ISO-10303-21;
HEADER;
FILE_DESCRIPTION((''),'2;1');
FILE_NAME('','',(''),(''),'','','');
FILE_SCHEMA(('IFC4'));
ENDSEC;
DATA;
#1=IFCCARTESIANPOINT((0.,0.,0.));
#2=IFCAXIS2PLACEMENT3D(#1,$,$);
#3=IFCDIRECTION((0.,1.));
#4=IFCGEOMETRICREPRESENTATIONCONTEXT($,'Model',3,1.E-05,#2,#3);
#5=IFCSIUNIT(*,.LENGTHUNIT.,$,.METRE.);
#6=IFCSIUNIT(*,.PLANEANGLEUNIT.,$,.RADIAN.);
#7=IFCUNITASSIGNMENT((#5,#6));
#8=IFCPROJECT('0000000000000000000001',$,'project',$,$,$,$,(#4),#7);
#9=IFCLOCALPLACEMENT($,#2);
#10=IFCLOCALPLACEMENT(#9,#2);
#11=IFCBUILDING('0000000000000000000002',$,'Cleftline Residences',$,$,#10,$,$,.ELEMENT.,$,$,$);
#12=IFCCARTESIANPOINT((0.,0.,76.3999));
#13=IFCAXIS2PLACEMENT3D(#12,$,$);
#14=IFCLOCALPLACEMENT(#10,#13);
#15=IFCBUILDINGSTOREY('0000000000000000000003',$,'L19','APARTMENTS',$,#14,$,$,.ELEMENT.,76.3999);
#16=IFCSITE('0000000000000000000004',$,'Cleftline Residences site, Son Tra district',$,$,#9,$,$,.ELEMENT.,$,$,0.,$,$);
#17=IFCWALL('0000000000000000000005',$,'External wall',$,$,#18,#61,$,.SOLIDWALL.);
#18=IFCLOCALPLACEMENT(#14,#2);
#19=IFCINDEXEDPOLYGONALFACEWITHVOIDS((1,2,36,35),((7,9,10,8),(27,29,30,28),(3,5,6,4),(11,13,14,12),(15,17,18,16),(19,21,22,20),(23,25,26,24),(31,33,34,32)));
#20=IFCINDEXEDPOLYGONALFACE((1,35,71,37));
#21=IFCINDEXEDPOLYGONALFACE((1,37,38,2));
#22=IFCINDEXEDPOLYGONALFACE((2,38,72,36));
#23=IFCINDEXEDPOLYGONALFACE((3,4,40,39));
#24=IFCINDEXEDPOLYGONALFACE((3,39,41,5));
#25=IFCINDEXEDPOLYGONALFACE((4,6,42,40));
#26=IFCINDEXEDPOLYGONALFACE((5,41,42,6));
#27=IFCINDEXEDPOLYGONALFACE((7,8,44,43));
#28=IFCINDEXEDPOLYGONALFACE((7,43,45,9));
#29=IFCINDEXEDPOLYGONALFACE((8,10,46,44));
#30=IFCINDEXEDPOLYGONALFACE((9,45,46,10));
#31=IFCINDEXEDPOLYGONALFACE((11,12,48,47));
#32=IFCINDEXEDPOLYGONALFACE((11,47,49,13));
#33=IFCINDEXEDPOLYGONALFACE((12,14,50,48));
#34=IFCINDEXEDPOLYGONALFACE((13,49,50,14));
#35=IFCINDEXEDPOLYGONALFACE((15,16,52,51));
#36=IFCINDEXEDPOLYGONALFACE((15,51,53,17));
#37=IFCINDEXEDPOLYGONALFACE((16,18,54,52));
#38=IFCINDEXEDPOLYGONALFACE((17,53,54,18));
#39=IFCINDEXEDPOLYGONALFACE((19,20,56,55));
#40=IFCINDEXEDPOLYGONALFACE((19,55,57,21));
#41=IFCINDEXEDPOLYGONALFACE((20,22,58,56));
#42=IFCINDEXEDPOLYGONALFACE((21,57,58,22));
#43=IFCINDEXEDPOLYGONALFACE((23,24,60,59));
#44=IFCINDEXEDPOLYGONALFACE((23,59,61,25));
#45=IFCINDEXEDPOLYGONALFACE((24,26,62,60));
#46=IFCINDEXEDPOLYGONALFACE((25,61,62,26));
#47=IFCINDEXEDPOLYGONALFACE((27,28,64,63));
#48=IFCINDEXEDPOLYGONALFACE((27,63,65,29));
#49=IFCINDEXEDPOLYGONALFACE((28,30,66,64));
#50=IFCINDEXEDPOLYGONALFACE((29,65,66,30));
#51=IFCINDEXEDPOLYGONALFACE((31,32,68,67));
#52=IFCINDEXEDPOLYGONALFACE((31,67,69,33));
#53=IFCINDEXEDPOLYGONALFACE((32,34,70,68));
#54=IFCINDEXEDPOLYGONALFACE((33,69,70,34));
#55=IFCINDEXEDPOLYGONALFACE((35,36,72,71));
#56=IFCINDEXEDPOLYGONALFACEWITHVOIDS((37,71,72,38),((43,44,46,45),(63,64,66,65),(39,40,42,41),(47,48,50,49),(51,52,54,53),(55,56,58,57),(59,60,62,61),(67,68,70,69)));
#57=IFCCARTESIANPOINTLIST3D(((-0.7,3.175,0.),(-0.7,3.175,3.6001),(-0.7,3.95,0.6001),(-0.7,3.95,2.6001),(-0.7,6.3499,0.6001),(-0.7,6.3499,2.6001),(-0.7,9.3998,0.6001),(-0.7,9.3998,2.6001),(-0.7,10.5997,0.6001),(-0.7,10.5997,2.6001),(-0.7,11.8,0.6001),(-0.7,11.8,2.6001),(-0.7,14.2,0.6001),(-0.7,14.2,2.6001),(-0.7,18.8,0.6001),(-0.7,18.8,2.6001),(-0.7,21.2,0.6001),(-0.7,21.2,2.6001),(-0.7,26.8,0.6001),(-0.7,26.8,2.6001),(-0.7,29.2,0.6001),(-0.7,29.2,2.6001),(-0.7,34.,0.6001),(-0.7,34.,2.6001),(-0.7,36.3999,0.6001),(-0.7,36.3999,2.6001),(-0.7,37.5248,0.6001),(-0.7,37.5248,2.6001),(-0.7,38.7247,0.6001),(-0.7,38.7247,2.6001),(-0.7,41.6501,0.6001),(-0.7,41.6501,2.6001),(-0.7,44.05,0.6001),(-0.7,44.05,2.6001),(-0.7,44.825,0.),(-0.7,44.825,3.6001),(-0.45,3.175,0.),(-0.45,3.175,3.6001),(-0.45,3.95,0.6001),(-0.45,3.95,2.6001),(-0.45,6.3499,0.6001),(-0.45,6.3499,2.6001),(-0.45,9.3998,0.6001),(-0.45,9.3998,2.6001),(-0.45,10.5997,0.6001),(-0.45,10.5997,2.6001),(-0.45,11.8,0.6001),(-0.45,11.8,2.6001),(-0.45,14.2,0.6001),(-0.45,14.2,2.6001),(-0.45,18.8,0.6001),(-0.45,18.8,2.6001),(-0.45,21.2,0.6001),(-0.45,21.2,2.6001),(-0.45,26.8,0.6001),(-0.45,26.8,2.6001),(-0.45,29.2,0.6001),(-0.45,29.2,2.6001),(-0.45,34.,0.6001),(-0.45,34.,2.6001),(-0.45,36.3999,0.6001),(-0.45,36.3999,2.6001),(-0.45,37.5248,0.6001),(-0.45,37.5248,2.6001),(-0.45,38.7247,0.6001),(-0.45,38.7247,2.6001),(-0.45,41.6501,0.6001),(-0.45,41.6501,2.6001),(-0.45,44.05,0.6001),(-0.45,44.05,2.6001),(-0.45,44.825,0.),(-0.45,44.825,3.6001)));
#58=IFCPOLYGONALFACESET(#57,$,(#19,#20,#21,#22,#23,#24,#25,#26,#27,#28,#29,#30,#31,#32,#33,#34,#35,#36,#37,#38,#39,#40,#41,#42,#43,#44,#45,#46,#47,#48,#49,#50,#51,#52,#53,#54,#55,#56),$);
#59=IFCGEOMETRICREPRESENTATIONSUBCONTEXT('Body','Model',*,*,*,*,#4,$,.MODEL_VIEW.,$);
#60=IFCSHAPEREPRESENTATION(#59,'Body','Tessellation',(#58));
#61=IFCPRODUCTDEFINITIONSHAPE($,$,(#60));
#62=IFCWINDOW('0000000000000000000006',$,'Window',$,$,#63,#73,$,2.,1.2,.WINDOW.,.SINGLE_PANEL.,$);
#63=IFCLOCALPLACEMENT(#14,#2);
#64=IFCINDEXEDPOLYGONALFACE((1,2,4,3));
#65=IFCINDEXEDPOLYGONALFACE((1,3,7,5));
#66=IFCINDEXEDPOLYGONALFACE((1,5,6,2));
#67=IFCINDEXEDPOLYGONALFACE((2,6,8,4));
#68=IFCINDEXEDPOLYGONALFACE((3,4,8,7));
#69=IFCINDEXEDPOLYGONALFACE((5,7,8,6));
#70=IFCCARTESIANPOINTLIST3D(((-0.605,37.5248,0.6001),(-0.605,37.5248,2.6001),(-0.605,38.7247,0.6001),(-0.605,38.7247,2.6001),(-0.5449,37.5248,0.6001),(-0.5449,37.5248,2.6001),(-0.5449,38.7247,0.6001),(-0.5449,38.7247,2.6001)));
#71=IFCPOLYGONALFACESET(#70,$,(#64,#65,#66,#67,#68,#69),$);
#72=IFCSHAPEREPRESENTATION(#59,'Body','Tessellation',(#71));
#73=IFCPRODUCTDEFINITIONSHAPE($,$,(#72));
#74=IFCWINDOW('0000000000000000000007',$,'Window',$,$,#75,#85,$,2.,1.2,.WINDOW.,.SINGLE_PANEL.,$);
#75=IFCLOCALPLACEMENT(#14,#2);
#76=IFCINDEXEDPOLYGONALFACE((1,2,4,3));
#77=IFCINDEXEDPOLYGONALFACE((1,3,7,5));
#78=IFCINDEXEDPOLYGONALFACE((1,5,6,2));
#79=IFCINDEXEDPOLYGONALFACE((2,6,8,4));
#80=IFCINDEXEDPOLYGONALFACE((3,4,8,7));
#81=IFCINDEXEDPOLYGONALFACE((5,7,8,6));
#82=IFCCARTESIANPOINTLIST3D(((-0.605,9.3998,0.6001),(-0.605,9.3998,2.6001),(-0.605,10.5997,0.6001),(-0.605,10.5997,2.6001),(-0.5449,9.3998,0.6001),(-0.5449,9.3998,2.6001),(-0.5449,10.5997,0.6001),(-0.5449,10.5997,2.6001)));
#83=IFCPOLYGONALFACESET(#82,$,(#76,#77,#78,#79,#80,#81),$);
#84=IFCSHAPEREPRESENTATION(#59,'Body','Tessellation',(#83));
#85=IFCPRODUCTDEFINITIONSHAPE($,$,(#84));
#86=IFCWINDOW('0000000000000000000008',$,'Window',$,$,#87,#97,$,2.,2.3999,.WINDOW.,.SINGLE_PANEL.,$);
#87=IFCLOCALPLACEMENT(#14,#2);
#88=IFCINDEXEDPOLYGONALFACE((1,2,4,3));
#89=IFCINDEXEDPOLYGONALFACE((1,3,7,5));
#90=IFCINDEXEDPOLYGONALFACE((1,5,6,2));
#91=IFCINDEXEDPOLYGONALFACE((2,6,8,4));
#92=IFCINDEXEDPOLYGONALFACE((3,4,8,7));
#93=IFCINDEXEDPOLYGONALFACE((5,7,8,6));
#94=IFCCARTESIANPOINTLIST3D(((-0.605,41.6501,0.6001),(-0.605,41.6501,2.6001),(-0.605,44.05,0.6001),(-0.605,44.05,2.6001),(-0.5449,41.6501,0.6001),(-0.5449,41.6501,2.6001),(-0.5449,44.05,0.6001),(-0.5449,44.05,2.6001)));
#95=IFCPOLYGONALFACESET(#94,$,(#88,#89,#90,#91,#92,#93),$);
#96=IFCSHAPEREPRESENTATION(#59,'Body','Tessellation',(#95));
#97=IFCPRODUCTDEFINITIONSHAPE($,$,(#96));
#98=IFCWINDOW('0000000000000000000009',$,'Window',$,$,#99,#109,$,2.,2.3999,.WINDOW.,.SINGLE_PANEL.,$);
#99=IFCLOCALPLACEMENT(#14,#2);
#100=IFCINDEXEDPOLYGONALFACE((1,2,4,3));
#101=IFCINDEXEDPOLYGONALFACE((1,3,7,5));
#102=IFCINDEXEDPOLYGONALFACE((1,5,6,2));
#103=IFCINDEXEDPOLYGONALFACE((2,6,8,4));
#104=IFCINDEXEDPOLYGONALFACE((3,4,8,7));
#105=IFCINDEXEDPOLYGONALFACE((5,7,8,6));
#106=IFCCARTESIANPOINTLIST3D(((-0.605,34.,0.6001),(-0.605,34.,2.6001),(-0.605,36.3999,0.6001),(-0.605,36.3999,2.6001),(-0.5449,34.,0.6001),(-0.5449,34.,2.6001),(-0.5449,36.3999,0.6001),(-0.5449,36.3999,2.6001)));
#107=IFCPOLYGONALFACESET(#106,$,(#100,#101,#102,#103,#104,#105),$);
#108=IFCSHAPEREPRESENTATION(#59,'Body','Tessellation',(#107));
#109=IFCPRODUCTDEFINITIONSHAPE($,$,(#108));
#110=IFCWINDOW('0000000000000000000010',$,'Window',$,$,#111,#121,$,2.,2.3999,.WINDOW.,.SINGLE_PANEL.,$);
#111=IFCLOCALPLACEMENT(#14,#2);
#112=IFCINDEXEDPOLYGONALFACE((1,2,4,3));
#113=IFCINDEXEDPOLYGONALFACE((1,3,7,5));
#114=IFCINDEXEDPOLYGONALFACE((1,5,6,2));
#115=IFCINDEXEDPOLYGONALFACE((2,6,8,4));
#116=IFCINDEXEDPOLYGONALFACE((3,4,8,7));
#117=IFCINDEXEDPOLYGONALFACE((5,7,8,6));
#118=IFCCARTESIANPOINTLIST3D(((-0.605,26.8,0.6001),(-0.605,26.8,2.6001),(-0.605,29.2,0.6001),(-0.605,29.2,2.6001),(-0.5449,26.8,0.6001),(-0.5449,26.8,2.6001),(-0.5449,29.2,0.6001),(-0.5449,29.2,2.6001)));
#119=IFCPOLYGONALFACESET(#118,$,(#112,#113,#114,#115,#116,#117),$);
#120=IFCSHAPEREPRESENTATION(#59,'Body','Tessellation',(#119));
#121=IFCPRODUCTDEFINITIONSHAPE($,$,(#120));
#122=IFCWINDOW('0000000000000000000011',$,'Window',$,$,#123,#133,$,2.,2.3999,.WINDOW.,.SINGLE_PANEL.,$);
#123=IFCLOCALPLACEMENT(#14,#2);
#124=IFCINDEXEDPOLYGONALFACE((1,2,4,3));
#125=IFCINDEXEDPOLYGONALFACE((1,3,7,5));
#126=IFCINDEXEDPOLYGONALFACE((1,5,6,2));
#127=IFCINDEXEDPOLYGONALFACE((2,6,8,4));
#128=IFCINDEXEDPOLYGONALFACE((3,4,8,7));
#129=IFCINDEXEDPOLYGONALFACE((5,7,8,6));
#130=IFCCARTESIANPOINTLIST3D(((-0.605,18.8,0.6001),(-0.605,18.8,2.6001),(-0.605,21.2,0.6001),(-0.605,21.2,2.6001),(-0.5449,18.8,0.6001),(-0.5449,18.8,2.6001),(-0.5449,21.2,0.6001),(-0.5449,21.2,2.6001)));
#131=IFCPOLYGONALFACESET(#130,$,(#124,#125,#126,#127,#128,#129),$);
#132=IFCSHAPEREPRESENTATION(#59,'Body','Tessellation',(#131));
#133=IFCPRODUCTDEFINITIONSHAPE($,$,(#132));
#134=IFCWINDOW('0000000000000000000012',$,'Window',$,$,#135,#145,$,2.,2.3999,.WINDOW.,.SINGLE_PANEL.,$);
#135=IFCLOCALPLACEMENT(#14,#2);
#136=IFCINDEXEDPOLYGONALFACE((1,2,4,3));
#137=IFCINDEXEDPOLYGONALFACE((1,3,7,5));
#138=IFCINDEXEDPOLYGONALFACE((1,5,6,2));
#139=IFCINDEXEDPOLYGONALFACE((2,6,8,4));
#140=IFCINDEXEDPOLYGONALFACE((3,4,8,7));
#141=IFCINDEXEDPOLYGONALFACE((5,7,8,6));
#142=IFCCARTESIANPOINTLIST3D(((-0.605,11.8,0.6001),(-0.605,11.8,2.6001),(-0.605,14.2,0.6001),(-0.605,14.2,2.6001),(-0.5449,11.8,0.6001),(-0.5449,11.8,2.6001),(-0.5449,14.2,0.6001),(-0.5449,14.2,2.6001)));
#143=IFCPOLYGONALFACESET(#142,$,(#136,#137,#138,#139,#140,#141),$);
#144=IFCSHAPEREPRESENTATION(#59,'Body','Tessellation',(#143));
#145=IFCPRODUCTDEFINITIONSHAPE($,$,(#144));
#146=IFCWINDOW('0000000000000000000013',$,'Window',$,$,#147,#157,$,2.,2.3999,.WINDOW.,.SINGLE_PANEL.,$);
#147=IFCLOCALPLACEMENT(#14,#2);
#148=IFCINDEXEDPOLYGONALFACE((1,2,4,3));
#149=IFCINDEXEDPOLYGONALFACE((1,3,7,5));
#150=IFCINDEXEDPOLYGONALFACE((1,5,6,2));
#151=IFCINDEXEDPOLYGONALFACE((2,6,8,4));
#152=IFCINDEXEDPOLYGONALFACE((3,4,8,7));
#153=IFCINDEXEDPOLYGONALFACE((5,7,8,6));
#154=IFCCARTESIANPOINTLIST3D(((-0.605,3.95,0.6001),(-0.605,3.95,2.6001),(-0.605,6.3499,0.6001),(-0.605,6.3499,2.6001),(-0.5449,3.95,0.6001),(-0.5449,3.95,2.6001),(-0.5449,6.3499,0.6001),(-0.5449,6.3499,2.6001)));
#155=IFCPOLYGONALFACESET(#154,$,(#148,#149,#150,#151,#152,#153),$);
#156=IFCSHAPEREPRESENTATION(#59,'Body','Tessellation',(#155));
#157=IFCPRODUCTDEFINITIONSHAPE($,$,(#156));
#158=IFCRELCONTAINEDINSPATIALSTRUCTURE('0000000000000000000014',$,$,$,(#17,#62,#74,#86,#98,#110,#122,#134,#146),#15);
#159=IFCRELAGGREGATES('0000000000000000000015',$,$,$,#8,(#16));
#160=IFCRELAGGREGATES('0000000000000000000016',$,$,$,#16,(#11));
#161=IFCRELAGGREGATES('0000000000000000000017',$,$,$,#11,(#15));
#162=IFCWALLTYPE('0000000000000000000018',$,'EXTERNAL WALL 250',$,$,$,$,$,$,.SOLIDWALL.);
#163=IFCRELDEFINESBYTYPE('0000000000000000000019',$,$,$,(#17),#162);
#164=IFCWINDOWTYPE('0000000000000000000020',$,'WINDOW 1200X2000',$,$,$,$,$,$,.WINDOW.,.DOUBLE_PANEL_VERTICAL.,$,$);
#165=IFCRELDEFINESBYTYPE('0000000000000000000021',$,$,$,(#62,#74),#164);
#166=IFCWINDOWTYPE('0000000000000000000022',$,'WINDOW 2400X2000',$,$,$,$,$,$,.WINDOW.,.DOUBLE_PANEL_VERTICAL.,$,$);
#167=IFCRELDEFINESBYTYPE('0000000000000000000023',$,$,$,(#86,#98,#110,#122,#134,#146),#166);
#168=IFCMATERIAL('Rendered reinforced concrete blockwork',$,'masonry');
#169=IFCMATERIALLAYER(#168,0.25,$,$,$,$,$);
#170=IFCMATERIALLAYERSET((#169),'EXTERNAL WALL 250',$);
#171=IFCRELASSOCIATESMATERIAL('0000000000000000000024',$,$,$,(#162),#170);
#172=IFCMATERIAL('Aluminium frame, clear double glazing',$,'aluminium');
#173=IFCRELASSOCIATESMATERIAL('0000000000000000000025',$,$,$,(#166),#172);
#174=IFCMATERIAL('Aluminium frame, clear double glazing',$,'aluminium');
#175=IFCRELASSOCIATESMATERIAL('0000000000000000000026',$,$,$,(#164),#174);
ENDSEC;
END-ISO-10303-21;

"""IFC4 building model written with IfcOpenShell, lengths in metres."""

from ifc_helpers import new_model, si_unit, direction, frame, frame_2d, origin, place, context, subcontext, project, spatial, rectangle, extrude, material, layer, layer_set, type_object, element, fill, save


model = new_model("IFC4")

# Units and contexts
model_context = context("Model", 3, precision=1e-05, world=origin(), true_north=direction((0.0, 1.0)))
body_context = subcontext(model_context, "Body", "Model", "MODEL_VIEW")
ifc_project = project(units=[si_unit("LENGTHUNIT", "METRE"), si_unit("PLANEANGLEUNIT", "RADIAN")], contexts=[model_context])

# Site, building, storey
site_placement = place(None, origin())
site = spatial("IfcSite", under=ifc_project, at=site_placement, Name="Cleftline Residences site, Son Tra district", CompositionType="ELEMENT", RefElevation=0.0)
building_placement = place(site_placement, origin())
building = spatial("IfcBuilding", under=site, at=building_placement, Name="Cleftline Residences", CompositionType="ELEMENT")
storey_placement = place(building_placement, frame((0.0, 0.0, 76.3999)))
storey = spatial("IfcBuildingStorey", under=building, at=storey_placement, Name="L19", Description="APARTMENTS", CompositionType="ELEMENT", Elevation=76.3999)

# Shared definitions
ifc_material_1 = material(Name="Rendered reinforced concrete blockwork", Category="masonry")
ifc_layer_1 = layer(ifc_material_1, 0.25)
ifc_layer_set_1 = layer_set([ifc_layer_1], Name="EXTERNAL WALL 250")
wall_type = type_object("IfcWallType", Name="EXTERNAL WALL 250", PredefinedType="SOLIDWALL", material=ifc_layer_set_1)
ifc_material_2 = material(Name="Aluminium frame, clear double glazing", Category="aluminium")
window_type_1 = type_object("IfcWindowType", Name="WINDOW 2400X2000", PartitioningType="DOUBLE_PANEL_VERTICAL", PredefinedType="WINDOW", material=ifc_material_2)

# Wall, openings, windows
ifc_material_3 = material(Name="Aluminium frame, clear double glazing", Category="aluminium")
window_type_2 = type_object("IfcWindowType", Name="WINDOW 1200X2000", PartitioningType="DOUBLE_PANEL_VERTICAL", PredefinedType="WINDOW", material=ifc_material_3)
wall_1_placement = place(storey_placement, frame((-0.575, 44.825, 0.0), z_axis=(0.0, 0.0, 1.0), x_axis=(0.0, -1.0, 0.0)))
wall_1 = element("IfcWall", 1, at=wall_1_placement, inside=storey, type_object=wall_type, Name="External wall", PredefinedType="SOLIDWALL", context=body_context, shape_type="SweptSolid", body=[
    extrude(rectangle(XDim=41.6499, YDim=0.25, at=frame_2d((20.825, 0.0))), origin(), (0.0, 0.0, 1.0), 3.6001),
])
opening_1_placement = place(wall_1_placement, frame((0.7749, 0.0, 0.6001)))
opening_1 = element("IfcOpeningElement", 2, at=opening_1_placement, cuts=wall_1, PredefinedType="OPENING", context=body_context, shape_type="SweptSolid", body=[
    extrude(rectangle(XDim=2.3999, YDim=2.0, at=frame_2d((1.2, 1.0))), frame((0.0, 0.135, 0.0), z_axis=(0.0, -1.0, 0.0), x_axis=(1.0, 0.0, 0.0)), (0.0, 0.0, 1.0), 0.27),
])
opening_2_placement = place(wall_1_placement, frame((6.1001, 0.0, 0.6001)))
opening_2 = element("IfcOpeningElement", 3, at=opening_2_placement, cuts=wall_1, PredefinedType="OPENING", context=body_context, shape_type="SweptSolid", body=[
    extrude(rectangle(XDim=1.2, YDim=2.0, at=frame_2d((0.6001, 1.0))), frame((0.0, 0.135, 0.0), z_axis=(0.0, -1.0, 0.0), x_axis=(1.0, 0.0, 0.0)), (0.0, 0.0, 1.0), 0.27),
])
opening_3_placement = place(wall_1_placement, frame((8.425, 0.0, 0.6001)))
opening_3 = element("IfcOpeningElement", 4, at=opening_3_placement, cuts=wall_1, PredefinedType="OPENING", context=body_context, shape_type="SweptSolid", body=[
    extrude(rectangle(XDim=2.3999, YDim=2.0, at=frame_2d((1.2, 1.0))), frame((0.0, 0.135, 0.0), z_axis=(0.0, -1.0, 0.0), x_axis=(1.0, 0.0, 0.0)), (0.0, 0.0, 1.0), 0.27),
])
opening_4_placement = place(wall_1_placement, frame((15.625, 0.0, 0.6001)))
opening_4 = element("IfcOpeningElement", 5, at=opening_4_placement, cuts=wall_1, PredefinedType="OPENING", context=body_context, shape_type="SweptSolid", body=[
    extrude(rectangle(XDim=2.3999, YDim=2.0, at=frame_2d((1.2, 1.0))), frame((0.0, 0.135, 0.0), z_axis=(0.0, -1.0, 0.0), x_axis=(1.0, 0.0, 0.0)), (0.0, 0.0, 1.0), 0.27),
])
opening_5_placement = place(wall_1_placement, frame((23.625, 0.0, 0.6001)))
opening_5 = element("IfcOpeningElement", 6, at=opening_5_placement, cuts=wall_1, PredefinedType="OPENING", context=body_context, shape_type="SweptSolid", body=[
    extrude(rectangle(XDim=2.3999, YDim=2.0, at=frame_2d((1.2, 1.0))), frame((0.0, 0.135, 0.0), z_axis=(0.0, -1.0, 0.0), x_axis=(1.0, 0.0, 0.0)), (0.0, 0.0, 1.0), 0.27),
])
opening_6_placement = place(wall_1_placement, frame((30.625, 0.0, 0.6001)))
opening_6 = element("IfcOpeningElement", 7, at=opening_6_placement, cuts=wall_1, PredefinedType="OPENING", context=body_context, shape_type="SweptSolid", body=[
    extrude(rectangle(XDim=2.3999, YDim=2.0, at=frame_2d((1.2, 1.0))), frame((0.0, 0.135, 0.0), z_axis=(0.0, -1.0, 0.0), x_axis=(1.0, 0.0, 0.0)), (0.0, 0.0, 1.0), 0.27),
])
opening_7_placement = place(wall_1_placement, frame((34.2251, 0.0, 0.6001)))
opening_7 = element("IfcOpeningElement", 8, at=opening_7_placement, cuts=wall_1, PredefinedType="OPENING", context=body_context, shape_type="SweptSolid", body=[
    extrude(rectangle(XDim=1.2, YDim=2.0, at=frame_2d((0.6001, 1.0))), frame((0.0, 0.135, 0.0), z_axis=(0.0, -1.0, 0.0), x_axis=(1.0, 0.0, 0.0)), (0.0, 0.0, 1.0), 0.27),
])
opening_8_placement = place(wall_1_placement, frame((38.4751, 0.0, 0.6001)))
opening_8 = element("IfcOpeningElement", 9, at=opening_8_placement, cuts=wall_1, PredefinedType="OPENING", context=body_context, shape_type="SweptSolid", body=[
    extrude(rectangle(XDim=2.3999, YDim=2.0, at=frame_2d((1.2, 1.0))), frame((0.0, 0.135, 0.0), z_axis=(0.0, -1.0, 0.0), x_axis=(1.0, 0.0, 0.0)), (0.0, 0.0, 1.0), 0.27),
])
window_1_placement = place(opening_2_placement, origin())
window_1 = element("IfcWindow", 10, at=window_1_placement, inside=storey, type_object=window_type_2, Name="Window", OverallHeight=2.0, OverallWidth=1.2, PartitioningType="SINGLE_PANEL", PredefinedType="WINDOW", context=body_context, shape_type="SweptSolid", body=[
    extrude(rectangle(XDim=1.2, YDim=2.0, at=frame_2d((0.6001, 1.0))), frame((0.0, 0.03, 0.0), z_axis=(0.0, -1.0, 0.0), x_axis=(1.0, 0.0, 0.0)), (0.0, 0.0, 1.0), 0.0601),
])
fill(opening_2, window_1)
window_2_placement = place(opening_7_placement, origin())
window_2 = element("IfcWindow", 11, at=window_2_placement, inside=storey, type_object=window_type_2, Name="Window", OverallHeight=2.0, OverallWidth=1.2, PartitioningType="SINGLE_PANEL", PredefinedType="WINDOW", context=body_context, shape_type="SweptSolid", body=[
    extrude(rectangle(XDim=1.2, YDim=2.0, at=frame_2d((0.6001, 1.0))), frame((0.0, 0.03, 0.0), z_axis=(0.0, -1.0, 0.0), x_axis=(1.0, 0.0, 0.0)), (0.0, 0.0, 1.0), 0.0601),
])
fill(opening_7, window_2)
window_3_placement = place(opening_1_placement, origin())
window_3 = element("IfcWindow", 12, at=window_3_placement, inside=storey, type_object=window_type_1, Name="Window", OverallHeight=2.0, OverallWidth=2.3999, PartitioningType="SINGLE_PANEL", PredefinedType="WINDOW", context=body_context, shape_type="SweptSolid", body=[
    extrude(rectangle(XDim=2.3999, YDim=2.0, at=frame_2d((1.2, 1.0))), frame((0.0, 0.03, 0.0), z_axis=(0.0, -1.0, 0.0), x_axis=(1.0, 0.0, 0.0)), (0.0, 0.0, 1.0), 0.0601),
])
fill(opening_1, window_3)
window_4_placement = place(opening_3_placement, origin())
window_4 = element("IfcWindow", 13, at=window_4_placement, inside=storey, type_object=window_type_1, Name="Window", OverallHeight=2.0, OverallWidth=2.3999, PartitioningType="SINGLE_PANEL", PredefinedType="WINDOW", context=body_context, shape_type="SweptSolid", body=[
    extrude(rectangle(XDim=2.3999, YDim=2.0, at=frame_2d((1.2, 1.0))), frame((0.0, 0.03, 0.0), z_axis=(0.0, -1.0, 0.0), x_axis=(1.0, 0.0, 0.0)), (0.0, 0.0, 1.0), 0.0601),
])
fill(opening_3, window_4)
window_5_placement = place(opening_4_placement, origin())
window_5 = element("IfcWindow", 14, at=window_5_placement, inside=storey, type_object=window_type_1, Name="Window", OverallHeight=2.0, OverallWidth=2.3999, PartitioningType="SINGLE_PANEL", PredefinedType="WINDOW", context=body_context, shape_type="SweptSolid", body=[
    extrude(rectangle(XDim=2.3999, YDim=2.0, at=frame_2d((1.2, 1.0))), frame((0.0, 0.03, 0.0), z_axis=(0.0, -1.0, 0.0), x_axis=(1.0, 0.0, 0.0)), (0.0, 0.0, 1.0), 0.0601),
])
fill(opening_4, window_5)
window_6_placement = place(opening_5_placement, origin())
window_6 = element("IfcWindow", 15, at=window_6_placement, inside=storey, type_object=window_type_1, Name="Window", OverallHeight=2.0, OverallWidth=2.3999, PartitioningType="SINGLE_PANEL", PredefinedType="WINDOW", context=body_context, shape_type="SweptSolid", body=[
    extrude(rectangle(XDim=2.3999, YDim=2.0, at=frame_2d((1.2, 1.0))), frame((0.0, 0.03, 0.0), z_axis=(0.0, -1.0, 0.0), x_axis=(1.0, 0.0, 0.0)), (0.0, 0.0, 1.0), 0.0601),
])
fill(opening_5, window_6)
window_7_placement = place(opening_6_placement, origin())
window_7 = element("IfcWindow", 16, at=window_7_placement, inside=storey, type_object=window_type_1, Name="Window", OverallHeight=2.0, OverallWidth=2.3999, PartitioningType="SINGLE_PANEL", PredefinedType="WINDOW", context=body_context, shape_type="SweptSolid", body=[
    extrude(rectangle(XDim=2.3999, YDim=2.0, at=frame_2d((1.2, 1.0))), frame((0.0, 0.03, 0.0), z_axis=(0.0, -1.0, 0.0), x_axis=(1.0, 0.0, 0.0)), (0.0, 0.0, 1.0), 0.0601),
])
fill(opening_6, window_7)
window_8_placement = place(opening_8_placement, origin())
window_8 = element("IfcWindow", 17, at=window_8_placement, inside=storey, type_object=window_type_1, Name="Window", OverallHeight=2.0, OverallWidth=2.3999, PartitioningType="SINGLE_PANEL", PredefinedType="WINDOW", context=body_context, shape_type="SweptSolid", body=[
    extrude(rectangle(XDim=2.3999, YDim=2.0, at=frame_2d((1.2, 1.0))), frame((0.0, 0.03, 0.0), z_axis=(0.0, -1.0, 0.0), x_axis=(1.0, 0.0, 0.0)), (0.0, 0.0, 1.0), 0.0601),
])
fill(opening_8, window_8)

save(model, "model.ifc")
